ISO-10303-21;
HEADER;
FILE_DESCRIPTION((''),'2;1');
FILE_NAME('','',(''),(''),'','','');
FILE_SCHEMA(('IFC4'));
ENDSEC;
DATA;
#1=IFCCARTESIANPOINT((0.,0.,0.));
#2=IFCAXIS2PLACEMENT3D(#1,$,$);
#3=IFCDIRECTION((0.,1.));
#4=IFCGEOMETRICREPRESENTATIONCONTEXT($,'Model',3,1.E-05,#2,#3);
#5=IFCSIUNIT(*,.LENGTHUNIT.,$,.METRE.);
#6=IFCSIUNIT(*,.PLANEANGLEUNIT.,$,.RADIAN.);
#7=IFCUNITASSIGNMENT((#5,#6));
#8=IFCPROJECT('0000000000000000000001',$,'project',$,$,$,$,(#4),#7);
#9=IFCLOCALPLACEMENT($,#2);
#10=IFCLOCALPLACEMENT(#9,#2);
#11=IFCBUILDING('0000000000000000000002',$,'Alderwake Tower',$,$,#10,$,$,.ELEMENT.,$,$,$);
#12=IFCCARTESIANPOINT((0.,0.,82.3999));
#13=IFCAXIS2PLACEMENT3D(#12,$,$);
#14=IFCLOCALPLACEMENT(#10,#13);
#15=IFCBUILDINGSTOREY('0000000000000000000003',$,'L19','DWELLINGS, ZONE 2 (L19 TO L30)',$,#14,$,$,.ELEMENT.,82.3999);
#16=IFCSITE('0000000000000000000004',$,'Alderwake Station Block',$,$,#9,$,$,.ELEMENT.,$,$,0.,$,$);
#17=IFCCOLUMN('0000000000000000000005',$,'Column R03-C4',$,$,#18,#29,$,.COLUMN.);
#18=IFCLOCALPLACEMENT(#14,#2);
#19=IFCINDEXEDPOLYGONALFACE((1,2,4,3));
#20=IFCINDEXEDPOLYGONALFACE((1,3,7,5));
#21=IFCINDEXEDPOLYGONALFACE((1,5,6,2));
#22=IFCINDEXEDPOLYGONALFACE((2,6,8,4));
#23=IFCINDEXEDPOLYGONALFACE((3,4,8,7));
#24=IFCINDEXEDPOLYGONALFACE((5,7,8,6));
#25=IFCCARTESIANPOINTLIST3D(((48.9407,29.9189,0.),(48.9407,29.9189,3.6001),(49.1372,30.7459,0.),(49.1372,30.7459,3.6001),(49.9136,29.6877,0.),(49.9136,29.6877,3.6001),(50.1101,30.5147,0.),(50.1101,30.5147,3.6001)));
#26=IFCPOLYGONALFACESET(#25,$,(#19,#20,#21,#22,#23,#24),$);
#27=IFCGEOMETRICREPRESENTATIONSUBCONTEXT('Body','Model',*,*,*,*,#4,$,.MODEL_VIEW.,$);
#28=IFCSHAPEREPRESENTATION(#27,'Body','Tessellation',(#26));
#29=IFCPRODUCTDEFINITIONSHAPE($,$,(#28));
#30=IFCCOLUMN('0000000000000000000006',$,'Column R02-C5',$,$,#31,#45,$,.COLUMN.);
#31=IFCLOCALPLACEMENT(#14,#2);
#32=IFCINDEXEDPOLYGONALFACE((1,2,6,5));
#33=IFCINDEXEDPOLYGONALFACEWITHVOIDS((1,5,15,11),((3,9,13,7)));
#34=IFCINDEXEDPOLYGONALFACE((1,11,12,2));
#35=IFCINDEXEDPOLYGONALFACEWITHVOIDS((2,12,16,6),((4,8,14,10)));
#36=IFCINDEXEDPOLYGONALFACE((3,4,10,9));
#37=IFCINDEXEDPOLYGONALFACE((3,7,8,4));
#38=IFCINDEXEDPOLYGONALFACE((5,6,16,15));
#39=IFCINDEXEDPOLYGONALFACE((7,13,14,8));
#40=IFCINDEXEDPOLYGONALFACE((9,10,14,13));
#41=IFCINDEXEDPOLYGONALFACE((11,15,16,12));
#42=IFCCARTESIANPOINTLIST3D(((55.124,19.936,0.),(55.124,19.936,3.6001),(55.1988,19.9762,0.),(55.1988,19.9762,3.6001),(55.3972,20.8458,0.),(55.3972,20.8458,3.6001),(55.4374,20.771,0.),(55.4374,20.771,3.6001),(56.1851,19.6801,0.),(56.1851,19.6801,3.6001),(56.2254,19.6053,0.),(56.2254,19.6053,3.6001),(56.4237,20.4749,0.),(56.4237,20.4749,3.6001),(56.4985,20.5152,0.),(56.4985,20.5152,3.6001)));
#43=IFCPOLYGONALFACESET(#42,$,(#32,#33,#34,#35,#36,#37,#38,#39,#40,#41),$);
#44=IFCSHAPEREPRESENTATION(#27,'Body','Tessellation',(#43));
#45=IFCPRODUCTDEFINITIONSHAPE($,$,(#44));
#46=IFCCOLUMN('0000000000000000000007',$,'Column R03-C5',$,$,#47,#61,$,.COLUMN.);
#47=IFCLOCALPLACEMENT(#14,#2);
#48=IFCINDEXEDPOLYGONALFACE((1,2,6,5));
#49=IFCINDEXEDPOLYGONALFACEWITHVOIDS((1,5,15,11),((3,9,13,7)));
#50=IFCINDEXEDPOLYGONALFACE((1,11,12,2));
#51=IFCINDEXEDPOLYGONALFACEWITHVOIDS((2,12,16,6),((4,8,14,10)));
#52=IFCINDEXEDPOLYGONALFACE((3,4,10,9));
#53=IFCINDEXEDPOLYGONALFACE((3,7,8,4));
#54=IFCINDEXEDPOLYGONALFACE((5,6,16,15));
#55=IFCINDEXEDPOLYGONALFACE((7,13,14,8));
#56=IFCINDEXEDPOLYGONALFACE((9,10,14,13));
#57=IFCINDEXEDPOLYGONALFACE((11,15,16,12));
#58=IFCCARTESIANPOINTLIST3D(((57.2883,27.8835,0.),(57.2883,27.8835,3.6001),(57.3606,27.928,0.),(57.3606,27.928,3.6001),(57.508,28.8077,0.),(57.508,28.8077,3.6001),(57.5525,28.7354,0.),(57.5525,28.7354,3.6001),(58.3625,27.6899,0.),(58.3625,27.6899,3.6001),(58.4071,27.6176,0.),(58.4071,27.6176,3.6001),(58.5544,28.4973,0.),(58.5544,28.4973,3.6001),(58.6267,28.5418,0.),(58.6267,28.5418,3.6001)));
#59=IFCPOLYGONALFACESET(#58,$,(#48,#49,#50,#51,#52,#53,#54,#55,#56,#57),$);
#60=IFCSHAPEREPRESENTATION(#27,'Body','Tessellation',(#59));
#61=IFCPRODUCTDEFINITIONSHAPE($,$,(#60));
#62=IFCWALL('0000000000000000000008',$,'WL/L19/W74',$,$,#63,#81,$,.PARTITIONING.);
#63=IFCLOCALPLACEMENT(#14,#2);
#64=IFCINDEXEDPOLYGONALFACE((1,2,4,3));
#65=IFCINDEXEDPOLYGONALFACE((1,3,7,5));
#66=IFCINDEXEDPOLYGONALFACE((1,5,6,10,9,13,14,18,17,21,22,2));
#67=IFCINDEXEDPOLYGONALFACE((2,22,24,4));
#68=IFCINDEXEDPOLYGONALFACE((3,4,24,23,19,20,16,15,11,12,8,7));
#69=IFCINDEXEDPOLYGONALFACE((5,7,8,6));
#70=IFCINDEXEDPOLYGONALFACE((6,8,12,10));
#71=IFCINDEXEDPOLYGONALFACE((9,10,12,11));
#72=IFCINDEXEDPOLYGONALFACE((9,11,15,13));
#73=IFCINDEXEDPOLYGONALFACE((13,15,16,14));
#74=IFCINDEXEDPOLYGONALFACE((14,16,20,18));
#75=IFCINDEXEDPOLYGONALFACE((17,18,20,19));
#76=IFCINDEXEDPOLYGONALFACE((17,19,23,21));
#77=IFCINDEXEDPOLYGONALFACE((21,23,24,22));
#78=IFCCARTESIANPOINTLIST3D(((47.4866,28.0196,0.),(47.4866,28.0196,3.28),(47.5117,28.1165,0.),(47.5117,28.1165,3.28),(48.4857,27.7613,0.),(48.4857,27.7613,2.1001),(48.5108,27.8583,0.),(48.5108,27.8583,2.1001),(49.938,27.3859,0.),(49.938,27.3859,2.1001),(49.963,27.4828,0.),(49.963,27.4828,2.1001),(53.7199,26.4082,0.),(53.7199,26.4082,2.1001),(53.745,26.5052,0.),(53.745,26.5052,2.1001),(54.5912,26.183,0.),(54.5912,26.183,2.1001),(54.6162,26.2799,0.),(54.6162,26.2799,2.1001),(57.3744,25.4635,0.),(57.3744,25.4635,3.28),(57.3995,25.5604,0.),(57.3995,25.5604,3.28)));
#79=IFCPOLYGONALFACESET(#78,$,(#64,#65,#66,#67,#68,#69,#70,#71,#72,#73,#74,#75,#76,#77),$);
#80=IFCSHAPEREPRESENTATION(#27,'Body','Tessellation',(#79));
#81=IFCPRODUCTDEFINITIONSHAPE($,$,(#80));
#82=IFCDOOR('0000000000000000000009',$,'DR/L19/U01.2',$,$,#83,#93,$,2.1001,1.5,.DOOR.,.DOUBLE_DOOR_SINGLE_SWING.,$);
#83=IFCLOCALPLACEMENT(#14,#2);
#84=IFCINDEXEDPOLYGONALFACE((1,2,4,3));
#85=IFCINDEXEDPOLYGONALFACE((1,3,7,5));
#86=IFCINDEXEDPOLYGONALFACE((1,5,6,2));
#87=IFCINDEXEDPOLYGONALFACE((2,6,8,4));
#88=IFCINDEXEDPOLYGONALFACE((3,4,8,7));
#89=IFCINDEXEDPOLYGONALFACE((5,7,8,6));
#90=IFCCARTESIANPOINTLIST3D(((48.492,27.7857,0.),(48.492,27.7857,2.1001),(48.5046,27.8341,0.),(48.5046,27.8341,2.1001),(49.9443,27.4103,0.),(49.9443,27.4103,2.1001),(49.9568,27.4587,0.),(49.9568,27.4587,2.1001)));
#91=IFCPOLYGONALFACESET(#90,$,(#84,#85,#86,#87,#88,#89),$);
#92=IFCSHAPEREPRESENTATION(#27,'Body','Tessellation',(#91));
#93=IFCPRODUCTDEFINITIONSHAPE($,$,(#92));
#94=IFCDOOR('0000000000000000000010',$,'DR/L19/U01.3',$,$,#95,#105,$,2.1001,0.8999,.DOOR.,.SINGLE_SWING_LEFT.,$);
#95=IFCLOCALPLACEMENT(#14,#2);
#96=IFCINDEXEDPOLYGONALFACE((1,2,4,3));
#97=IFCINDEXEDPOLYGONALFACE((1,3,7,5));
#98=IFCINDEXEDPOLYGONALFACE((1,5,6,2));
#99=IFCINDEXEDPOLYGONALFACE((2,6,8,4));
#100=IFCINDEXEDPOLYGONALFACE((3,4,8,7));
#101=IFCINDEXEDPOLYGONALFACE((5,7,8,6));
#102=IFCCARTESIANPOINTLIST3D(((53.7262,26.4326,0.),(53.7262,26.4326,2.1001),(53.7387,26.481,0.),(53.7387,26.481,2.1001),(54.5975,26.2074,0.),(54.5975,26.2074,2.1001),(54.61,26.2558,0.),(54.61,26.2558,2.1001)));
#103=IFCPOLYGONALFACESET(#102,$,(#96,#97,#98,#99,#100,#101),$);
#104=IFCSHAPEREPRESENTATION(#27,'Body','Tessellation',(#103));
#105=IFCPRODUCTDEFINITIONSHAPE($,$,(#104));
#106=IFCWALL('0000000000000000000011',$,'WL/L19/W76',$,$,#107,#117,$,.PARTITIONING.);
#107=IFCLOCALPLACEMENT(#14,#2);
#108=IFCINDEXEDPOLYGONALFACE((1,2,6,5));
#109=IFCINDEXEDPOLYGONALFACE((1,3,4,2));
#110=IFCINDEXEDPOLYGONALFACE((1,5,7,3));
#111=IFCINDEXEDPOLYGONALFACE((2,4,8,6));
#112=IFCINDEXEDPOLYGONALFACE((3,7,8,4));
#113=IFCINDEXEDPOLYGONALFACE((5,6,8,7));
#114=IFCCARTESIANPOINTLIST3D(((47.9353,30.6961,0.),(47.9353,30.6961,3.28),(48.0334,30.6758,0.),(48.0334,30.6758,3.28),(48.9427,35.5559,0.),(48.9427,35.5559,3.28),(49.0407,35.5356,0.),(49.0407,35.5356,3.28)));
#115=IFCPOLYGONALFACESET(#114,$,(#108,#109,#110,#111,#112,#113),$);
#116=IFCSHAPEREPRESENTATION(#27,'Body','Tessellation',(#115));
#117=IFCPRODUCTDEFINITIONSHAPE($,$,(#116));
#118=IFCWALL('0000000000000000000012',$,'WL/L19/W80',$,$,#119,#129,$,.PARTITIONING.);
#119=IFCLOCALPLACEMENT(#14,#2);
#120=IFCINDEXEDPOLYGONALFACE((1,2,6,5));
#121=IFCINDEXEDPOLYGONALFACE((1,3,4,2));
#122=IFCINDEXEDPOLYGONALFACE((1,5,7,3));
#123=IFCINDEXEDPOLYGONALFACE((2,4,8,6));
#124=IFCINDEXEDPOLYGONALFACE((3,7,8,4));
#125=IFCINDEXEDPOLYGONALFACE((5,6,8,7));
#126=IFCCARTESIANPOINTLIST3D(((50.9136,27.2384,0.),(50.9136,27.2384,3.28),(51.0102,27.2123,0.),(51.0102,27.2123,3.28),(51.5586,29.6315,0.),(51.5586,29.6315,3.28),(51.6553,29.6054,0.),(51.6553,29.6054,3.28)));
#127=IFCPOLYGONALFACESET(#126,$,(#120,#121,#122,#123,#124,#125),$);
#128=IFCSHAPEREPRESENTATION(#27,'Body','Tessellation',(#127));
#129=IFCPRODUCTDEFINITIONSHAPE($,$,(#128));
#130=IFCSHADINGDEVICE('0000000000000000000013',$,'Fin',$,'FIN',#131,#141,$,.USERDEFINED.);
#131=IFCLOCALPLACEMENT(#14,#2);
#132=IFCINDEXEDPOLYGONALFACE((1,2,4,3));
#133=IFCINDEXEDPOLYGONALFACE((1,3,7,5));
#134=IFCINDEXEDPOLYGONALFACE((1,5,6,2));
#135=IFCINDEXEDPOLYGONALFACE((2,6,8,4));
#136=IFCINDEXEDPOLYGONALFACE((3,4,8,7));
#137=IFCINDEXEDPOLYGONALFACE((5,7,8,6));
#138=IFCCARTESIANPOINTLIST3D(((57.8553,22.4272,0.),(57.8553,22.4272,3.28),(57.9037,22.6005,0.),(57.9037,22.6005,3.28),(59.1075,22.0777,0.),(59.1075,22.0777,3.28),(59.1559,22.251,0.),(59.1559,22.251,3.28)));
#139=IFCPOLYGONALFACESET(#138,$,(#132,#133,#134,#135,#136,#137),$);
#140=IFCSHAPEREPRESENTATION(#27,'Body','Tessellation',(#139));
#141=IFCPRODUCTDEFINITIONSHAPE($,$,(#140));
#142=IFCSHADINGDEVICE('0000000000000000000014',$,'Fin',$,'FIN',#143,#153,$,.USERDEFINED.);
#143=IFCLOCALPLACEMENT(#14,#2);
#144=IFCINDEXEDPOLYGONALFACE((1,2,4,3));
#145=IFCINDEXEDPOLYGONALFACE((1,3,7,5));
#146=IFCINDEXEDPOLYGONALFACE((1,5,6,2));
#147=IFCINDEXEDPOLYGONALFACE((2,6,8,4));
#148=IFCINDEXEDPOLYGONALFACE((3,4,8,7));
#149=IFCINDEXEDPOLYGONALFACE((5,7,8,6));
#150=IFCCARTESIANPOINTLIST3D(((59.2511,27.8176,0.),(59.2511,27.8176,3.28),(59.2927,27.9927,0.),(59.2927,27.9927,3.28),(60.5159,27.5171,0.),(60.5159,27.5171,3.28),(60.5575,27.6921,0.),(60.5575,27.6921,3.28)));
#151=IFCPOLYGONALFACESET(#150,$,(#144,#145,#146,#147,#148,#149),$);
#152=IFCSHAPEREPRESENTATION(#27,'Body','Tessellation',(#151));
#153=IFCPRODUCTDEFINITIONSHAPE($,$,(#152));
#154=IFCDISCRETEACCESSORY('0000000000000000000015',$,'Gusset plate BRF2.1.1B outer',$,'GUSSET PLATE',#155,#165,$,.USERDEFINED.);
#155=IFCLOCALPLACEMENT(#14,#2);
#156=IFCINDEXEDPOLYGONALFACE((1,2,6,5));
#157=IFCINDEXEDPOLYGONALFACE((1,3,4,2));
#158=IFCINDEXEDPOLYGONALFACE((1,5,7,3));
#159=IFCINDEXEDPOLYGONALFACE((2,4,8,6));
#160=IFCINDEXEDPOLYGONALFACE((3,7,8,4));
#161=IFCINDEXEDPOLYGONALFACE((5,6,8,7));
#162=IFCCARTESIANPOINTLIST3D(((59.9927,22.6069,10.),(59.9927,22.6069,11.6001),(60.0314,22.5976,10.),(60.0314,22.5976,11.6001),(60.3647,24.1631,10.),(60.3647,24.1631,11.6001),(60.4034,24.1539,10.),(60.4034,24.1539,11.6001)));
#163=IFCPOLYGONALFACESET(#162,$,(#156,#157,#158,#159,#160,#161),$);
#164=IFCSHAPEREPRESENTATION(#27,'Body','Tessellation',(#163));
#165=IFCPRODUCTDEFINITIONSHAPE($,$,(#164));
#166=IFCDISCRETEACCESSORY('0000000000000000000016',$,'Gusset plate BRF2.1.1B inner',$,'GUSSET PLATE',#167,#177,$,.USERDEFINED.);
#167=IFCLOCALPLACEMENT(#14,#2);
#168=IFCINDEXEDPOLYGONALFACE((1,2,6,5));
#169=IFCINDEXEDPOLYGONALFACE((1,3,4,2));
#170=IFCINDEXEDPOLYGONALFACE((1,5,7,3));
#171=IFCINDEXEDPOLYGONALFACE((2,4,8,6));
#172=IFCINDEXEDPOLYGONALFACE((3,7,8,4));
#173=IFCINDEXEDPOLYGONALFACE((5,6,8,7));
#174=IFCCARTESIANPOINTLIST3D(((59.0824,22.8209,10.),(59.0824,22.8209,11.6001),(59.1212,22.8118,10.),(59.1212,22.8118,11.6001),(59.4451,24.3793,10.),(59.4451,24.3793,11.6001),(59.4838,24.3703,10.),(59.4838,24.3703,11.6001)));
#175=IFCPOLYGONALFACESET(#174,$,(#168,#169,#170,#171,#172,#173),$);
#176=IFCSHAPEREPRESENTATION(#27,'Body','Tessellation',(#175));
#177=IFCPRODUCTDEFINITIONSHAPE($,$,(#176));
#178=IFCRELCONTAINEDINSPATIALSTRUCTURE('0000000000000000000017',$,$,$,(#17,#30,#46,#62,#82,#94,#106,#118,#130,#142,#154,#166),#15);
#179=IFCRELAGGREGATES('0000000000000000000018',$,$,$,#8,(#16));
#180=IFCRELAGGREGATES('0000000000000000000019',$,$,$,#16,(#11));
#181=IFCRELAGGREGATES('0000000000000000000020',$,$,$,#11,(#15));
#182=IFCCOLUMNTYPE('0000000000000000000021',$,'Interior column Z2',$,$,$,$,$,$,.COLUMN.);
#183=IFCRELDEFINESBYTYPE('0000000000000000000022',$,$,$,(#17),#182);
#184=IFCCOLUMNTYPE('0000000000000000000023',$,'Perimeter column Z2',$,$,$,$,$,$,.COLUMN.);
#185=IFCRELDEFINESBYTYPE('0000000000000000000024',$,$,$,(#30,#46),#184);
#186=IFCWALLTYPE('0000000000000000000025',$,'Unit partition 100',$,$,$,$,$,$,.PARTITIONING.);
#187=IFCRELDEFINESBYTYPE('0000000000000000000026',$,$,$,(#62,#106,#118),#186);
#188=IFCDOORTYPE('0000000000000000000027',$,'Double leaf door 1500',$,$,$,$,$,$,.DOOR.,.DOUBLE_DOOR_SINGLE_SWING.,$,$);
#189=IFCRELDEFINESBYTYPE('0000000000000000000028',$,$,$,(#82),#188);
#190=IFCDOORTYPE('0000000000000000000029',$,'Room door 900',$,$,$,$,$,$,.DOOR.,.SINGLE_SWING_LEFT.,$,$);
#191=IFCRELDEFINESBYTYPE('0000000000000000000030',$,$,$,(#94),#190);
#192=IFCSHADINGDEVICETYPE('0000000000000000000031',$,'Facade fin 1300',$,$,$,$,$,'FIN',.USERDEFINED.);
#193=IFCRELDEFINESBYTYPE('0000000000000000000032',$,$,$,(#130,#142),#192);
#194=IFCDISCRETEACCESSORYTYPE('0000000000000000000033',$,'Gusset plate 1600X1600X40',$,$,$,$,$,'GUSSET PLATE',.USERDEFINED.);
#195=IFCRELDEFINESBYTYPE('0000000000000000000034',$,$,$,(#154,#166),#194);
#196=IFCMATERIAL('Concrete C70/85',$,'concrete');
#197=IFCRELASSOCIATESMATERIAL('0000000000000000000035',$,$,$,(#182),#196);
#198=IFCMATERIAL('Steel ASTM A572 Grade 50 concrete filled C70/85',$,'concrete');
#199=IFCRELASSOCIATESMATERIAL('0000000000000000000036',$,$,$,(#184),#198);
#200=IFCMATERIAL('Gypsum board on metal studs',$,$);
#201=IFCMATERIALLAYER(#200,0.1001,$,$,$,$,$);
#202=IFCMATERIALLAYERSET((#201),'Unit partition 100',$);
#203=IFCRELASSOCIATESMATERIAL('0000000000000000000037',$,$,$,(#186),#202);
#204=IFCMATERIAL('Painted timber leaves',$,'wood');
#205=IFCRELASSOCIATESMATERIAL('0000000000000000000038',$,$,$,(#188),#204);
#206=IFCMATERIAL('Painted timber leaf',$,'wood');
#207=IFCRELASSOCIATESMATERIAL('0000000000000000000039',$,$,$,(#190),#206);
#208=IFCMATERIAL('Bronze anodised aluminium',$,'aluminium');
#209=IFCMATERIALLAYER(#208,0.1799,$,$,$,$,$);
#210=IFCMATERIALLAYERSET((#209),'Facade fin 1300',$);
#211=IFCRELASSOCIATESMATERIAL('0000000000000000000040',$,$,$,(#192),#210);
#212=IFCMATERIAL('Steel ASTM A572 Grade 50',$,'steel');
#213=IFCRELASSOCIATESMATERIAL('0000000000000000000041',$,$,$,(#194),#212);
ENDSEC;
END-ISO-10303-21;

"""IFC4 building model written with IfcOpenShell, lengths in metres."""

from ifc_helpers import new_model, si_unit, direction, frame, frame_2d, origin, origin_2d, place, context, subcontext, project, spatial, rectangle, hollow_rectangle, extrude, material, layer, layer_set, material_profile, profile_set, type_object, element, fill, save


model = new_model("IFC4")

# Units and contexts
model_context = context("Model", 3, precision=1e-05, world=origin(), true_north=direction((0.0, 1.0)))
body_context = subcontext(model_context, "Body", "Model", "MODEL_VIEW")
ifc_project = project(units=[si_unit("LENGTHUNIT", "METRE"), si_unit("PLANEANGLEUNIT", "RADIAN")], contexts=[model_context])

# Site, building, storey
site_placement = place(None, origin())
site = spatial("IfcSite", under=ifc_project, at=site_placement, Name="Alderwake Station Block", CompositionType="ELEMENT", RefElevation=0.0)
building_placement = place(site_placement, origin())
building = spatial("IfcBuilding", under=site, at=building_placement, Name="Alderwake Tower", CompositionType="ELEMENT")
storey_placement = place(building_placement, frame((0.0, 0.0, 82.3999)))
storey = spatial("IfcBuildingStorey", under=building, at=storey_placement, Name="L19", Description="DWELLINGS, ZONE 2 (L19 TO L30)", CompositionType="ELEMENT", Elevation=82.3999)

# Columns
ifc_material_1 = material(Name="Concrete C70/85", Category="concrete")
ifc_material_profile_1 = material_profile(ifc_material_1, rectangle(XDim=0.8501, YDim=1.0, at=origin_2d()), Name="RC 1000X850")
ifc_profile_set_1 = profile_set([ifc_material_profile_1], Name="Concrete C70/85")
column_type_1 = type_object("IfcColumnType", Name="Interior column Z2", PredefinedType="COLUMN", material=ifc_profile_set_1)
column_placement = place(storey_placement, frame((49.5254, 30.2168, 0.0), z_axis=(0.0, 0.0, 1.0), x_axis=(0.231222, 0.972901, 0.0)))
element("IfcColumn", 1, at=column_placement, inside=storey, type_object=column_type_1, Name="Column R03-C4", PredefinedType="COLUMN", context=body_context, shape_type="SweptSolid", body=[
    extrude(rectangle(XDim=0.8501, YDim=1.0, at=origin_2d()), origin(), (0.0, 0.0, 1.0), 3.6001),
])
ifc_material_2 = material(Name="Steel ASTM A572 Grade 50 concrete filled C70/85", Category="concrete")
ifc_material_profile_2 = material_profile(ifc_material_2, hollow_rectangle(XDim=0.95, YDim=1.1499, WallThickness=0.0601, at=origin_2d()), Name="BOX 1150X950X60")
ifc_profile_set_2 = profile_set([ifc_material_profile_2], Name="Steel ASTM A572 Grade 50 concrete filled C70/85")
column_type_2 = type_object("IfcColumnType", Name="Perimeter column Z2", PredefinedType="COLUMN", material=ifc_profile_set_2)
for number, where, z_axis, x_axis, name in (
    (2, (55.8113, 20.2256, 0.0), (0.0, 0.0, 1.0), (0.287549, 0.957766, 0.0), "Column R02-C5"),
    (3, (57.9575, 28.2126, 0.0), (0.0, 0.0, 1.0), (0.231222, 0.972901, 0.0), "Column R03-C5"),
):
    element("IfcColumn", number, at=place(storey_placement, frame(where, z_axis=z_axis, x_axis=x_axis)), inside=storey, type_object=column_type_2, Name=name, PredefinedType="COLUMN", context=body_context, shape_type="SweptSolid", body=[
        extrude(hollow_rectangle(XDim=0.95, YDim=1.1499, WallThickness=0.0601, at=origin_2d()), origin(), (0.0, 0.0, 1.0), 3.6001),
    ])

# Wall, openings, doors
ifc_material_3 = material(Name="Gypsum board on metal studs")
ifc_layer_1 = layer(ifc_material_3, 0.1001)
ifc_layer_set_1 = layer_set([ifc_layer_1], Name="Unit partition 100")
wall_type_1 = type_object("IfcWallType", Name="Unit partition 100", PredefinedType="PARTITIONING", material=ifc_layer_set_1)
wall_1_placement = place(storey_placement, frame((57.387, 25.512, 0.0), z_axis=(0.0, 0.0, 1.0), x_axis=(-0.968172, 0.250284, 0.0)))
wall_1 = element("IfcWall", 4, at=wall_1_placement, inside=storey, type_object=wall_type_1, Name="WL/L19/W74", PredefinedType="PARTITIONING", context=body_context, shape_type="SweptSolid", body=[
    extrude(rectangle(XDim=10.2129, YDim=0.1001, at=frame_2d((5.1064, 0.0))), origin(), (0.0, 0.0, 1.0), 3.28),
])
opening_1_placement = place(wall_1_placement, frame((7.6809, 0.0, 0.0)))
opening_1 = element("IfcOpeningElement", 5, at=opening_1_placement, cuts=wall_1, PredefinedType="OPENING", context=body_context, shape_type="SweptSolid", body=[
    extrude(rectangle(XDim=1.5, YDim=2.1001, at=frame_2d((0.75, 1.05))), frame((0.0, 0.0601, 0.0), z_axis=(0.0, -1.0, 0.0), x_axis=(1.0, 0.0, 0.0)), (0.0, 0.0, 1.0), 0.1201),
])
opening_2_placement = place(wall_1_placement, frame((2.8748, 0.0, 0.0)))
opening_2 = element("IfcOpeningElement", 6, at=opening_2_placement, cuts=wall_1, PredefinedType="OPENING", context=body_context, shape_type="SweptSolid", body=[
    extrude(rectangle(XDim=0.8999, YDim=2.1001, at=frame_2d((0.45, 1.05))), frame((0.0, 0.0601, 0.0), z_axis=(0.0, -1.0, 0.0), x_axis=(1.0, 0.0, 0.0)), (0.0, 0.0, 1.0), 0.1201),
])
ifc_material_4 = material(Name="Painted timber leaves", Category="wood")
door_type_1 = type_object("IfcDoorType", Name="Double leaf door 1500", OperationType="DOUBLE_DOOR_SINGLE_SWING", PredefinedType="DOOR", material=ifc_material_4)
door_1_placement = place(opening_1_placement, origin())
door_1 = element("IfcDoor", 7, at=door_1_placement, inside=storey, type_object=door_type_1, Name="DR/L19/U01.2", OperationType="DOUBLE_DOOR_SINGLE_SWING", OverallHeight=2.1001, OverallWidth=1.5, PredefinedType="DOOR", context=body_context, shape_type="SweptSolid", body=[
    extrude(rectangle(XDim=1.5, YDim=2.1001, at=frame_2d((0.75, 1.05))), frame((0.0, 0.0249, 0.0), z_axis=(0.0, -1.0, 0.0), x_axis=(1.0, 0.0, 0.0)), (0.0, 0.0, 1.0), 0.05),
])
fill(opening_1, door_1)
ifc_material_5 = material(Name="Painted timber leaf", Category="wood")
door_type_2 = type_object("IfcDoorType", Name="Room door 900", OperationType="SINGLE_SWING_LEFT", PredefinedType="DOOR", material=ifc_material_5)
door_2_placement = place(opening_2_placement, origin())
door_2 = element("IfcDoor", 8, at=door_2_placement, inside=storey, type_object=door_type_2, Name="DR/L19/U01.3", OperationType="SINGLE_SWING_LEFT", OverallHeight=2.1001, OverallWidth=0.8999, PredefinedType="DOOR", context=body_context, shape_type="SweptSolid", body=[
    extrude(rectangle(XDim=0.8999, YDim=2.1001, at=frame_2d((0.45, 1.05))), frame((0.0, 0.0249, 0.0), z_axis=(0.0, -1.0, 0.0), x_axis=(1.0, 0.0, 0.0)), (0.0, 0.0, 1.0), 0.05),
])
fill(opening_2, door_2)

# Walls
wall_2_placement = place(storey_placement, frame((47.9844, 30.686, 0.0), z_axis=(0.0, 0.0, 1.0), x_axis=(0.20296, 0.979187, 0.0)))
element("IfcWall", 9, at=wall_2_placement, inside=storey, type_object=wall_type_1, Name="WL/L19/W76", PredefinedType="PARTITIONING", context=body_context, shape_type="SweptSolid", body=[
    extrude(rectangle(XDim=4.9631, YDim=0.1001, at=frame_2d((2.4814, 0.0))), origin(), (0.0, 0.0, 1.0), 3.28),
])
wall_3_placement = place(storey_placement, frame((50.9619, 27.2253, 0.0), z_axis=(0.0, 0.0, 1.0), x_axis=(0.260249, 0.965542, 0.0)))
element("IfcWall", 10, at=wall_3_placement, inside=storey, type_object=wall_type_1, Name="WL/L19/W80", PredefinedType="PARTITIONING", context=body_context, shape_type="SweptSolid", body=[
    extrude(rectangle(XDim=2.4785, YDim=0.1001, at=frame_2d((1.2393, 0.0))), origin(), (0.0, 0.0, 1.0), 3.28),
])

# Shading devices
ifc_material_6 = material(Name="Bronze anodised aluminium", Category="aluminium")
ifc_layer_2 = layer(ifc_material_6, 0.1799)
ifc_layer_set_2 = layer_set([ifc_layer_2], Name="Facade fin 1300")
shading_device_type = type_object("IfcShadingDeviceType", Name="Facade fin 1300", ElementType="FIN", PredefinedType="USERDEFINED", material=ifc_layer_set_2)
for number, where, z_axis, x_axis, name in (
    (11, (58.5056, 22.3391, 0.0), (0.0, 0.0, 1.0), (0.963182, -0.268851, 0.0), "Fin"),
    (12, (59.9043, 27.7549, 0.0), (0.0, 0.0, 1.0), (0.972909, -0.231189, 0.0), "Fin"),
):
    element("IfcShadingDevice", number, at=place(storey_placement, frame(where, z_axis=z_axis, x_axis=x_axis)), inside=storey, type_object=shading_device_type, Name=name, ObjectType="FIN", PredefinedType="USERDEFINED", context=body_context, shape_type="SweptSolid", body=[
        extrude(rectangle(XDim=1.3, YDim=0.1799, at=origin_2d()), origin(), (0.0, 0.0, 1.0), 3.28),
    ])

# Discrete accessories
ifc_material_7 = material(Name="Steel ASTM A572 Grade 50", Category="steel")
ifc_material_profile_3 = material_profile(ifc_material_7, rectangle(XDim=1.6001, YDim=1.6001, at=origin_2d()), Name="gusset 1600X1600")
ifc_profile_set_3 = profile_set([ifc_material_profile_3], Name="Steel ASTM A572 Grade 50")
discrete_accessory_type = type_object("IfcDiscreteAccessoryType", Name="Gusset plate 1600X1600X40", ElementType="GUSSET PLATE", PredefinedType="USERDEFINED", material=ifc_profile_set_3)
for number, where, z_axis, x_axis, name in (
    (13, (60.1787, 23.385, 10.8), (0.972609, -0.232447, 0.0), (0.232447, 0.972609, 0.0), "Gusset plate BRF2.1.1B outer"),
    (14, (59.3025, 23.5911, 10.8), (-0.973977, 0.226649, 0.0), (-0.226649, -0.973977, 0.0), "Gusset plate BRF2.1.1B inner"),
):
    element("IfcDiscreteAccessory", number, at=place(storey_placement, frame(where, z_axis=z_axis, x_axis=x_axis)), inside=storey, type_object=discrete_accessory_type, Name=name, ObjectType="GUSSET PLATE", PredefinedType="USERDEFINED", context=body_context, shape_type="SweptSolid", body=[
        extrude(rectangle(XDim=1.6001, YDim=1.6001, at=origin_2d()), origin(), (0.0, 0.0, 1.0), 0.0398),
    ])

save(model, "model.ifc")
